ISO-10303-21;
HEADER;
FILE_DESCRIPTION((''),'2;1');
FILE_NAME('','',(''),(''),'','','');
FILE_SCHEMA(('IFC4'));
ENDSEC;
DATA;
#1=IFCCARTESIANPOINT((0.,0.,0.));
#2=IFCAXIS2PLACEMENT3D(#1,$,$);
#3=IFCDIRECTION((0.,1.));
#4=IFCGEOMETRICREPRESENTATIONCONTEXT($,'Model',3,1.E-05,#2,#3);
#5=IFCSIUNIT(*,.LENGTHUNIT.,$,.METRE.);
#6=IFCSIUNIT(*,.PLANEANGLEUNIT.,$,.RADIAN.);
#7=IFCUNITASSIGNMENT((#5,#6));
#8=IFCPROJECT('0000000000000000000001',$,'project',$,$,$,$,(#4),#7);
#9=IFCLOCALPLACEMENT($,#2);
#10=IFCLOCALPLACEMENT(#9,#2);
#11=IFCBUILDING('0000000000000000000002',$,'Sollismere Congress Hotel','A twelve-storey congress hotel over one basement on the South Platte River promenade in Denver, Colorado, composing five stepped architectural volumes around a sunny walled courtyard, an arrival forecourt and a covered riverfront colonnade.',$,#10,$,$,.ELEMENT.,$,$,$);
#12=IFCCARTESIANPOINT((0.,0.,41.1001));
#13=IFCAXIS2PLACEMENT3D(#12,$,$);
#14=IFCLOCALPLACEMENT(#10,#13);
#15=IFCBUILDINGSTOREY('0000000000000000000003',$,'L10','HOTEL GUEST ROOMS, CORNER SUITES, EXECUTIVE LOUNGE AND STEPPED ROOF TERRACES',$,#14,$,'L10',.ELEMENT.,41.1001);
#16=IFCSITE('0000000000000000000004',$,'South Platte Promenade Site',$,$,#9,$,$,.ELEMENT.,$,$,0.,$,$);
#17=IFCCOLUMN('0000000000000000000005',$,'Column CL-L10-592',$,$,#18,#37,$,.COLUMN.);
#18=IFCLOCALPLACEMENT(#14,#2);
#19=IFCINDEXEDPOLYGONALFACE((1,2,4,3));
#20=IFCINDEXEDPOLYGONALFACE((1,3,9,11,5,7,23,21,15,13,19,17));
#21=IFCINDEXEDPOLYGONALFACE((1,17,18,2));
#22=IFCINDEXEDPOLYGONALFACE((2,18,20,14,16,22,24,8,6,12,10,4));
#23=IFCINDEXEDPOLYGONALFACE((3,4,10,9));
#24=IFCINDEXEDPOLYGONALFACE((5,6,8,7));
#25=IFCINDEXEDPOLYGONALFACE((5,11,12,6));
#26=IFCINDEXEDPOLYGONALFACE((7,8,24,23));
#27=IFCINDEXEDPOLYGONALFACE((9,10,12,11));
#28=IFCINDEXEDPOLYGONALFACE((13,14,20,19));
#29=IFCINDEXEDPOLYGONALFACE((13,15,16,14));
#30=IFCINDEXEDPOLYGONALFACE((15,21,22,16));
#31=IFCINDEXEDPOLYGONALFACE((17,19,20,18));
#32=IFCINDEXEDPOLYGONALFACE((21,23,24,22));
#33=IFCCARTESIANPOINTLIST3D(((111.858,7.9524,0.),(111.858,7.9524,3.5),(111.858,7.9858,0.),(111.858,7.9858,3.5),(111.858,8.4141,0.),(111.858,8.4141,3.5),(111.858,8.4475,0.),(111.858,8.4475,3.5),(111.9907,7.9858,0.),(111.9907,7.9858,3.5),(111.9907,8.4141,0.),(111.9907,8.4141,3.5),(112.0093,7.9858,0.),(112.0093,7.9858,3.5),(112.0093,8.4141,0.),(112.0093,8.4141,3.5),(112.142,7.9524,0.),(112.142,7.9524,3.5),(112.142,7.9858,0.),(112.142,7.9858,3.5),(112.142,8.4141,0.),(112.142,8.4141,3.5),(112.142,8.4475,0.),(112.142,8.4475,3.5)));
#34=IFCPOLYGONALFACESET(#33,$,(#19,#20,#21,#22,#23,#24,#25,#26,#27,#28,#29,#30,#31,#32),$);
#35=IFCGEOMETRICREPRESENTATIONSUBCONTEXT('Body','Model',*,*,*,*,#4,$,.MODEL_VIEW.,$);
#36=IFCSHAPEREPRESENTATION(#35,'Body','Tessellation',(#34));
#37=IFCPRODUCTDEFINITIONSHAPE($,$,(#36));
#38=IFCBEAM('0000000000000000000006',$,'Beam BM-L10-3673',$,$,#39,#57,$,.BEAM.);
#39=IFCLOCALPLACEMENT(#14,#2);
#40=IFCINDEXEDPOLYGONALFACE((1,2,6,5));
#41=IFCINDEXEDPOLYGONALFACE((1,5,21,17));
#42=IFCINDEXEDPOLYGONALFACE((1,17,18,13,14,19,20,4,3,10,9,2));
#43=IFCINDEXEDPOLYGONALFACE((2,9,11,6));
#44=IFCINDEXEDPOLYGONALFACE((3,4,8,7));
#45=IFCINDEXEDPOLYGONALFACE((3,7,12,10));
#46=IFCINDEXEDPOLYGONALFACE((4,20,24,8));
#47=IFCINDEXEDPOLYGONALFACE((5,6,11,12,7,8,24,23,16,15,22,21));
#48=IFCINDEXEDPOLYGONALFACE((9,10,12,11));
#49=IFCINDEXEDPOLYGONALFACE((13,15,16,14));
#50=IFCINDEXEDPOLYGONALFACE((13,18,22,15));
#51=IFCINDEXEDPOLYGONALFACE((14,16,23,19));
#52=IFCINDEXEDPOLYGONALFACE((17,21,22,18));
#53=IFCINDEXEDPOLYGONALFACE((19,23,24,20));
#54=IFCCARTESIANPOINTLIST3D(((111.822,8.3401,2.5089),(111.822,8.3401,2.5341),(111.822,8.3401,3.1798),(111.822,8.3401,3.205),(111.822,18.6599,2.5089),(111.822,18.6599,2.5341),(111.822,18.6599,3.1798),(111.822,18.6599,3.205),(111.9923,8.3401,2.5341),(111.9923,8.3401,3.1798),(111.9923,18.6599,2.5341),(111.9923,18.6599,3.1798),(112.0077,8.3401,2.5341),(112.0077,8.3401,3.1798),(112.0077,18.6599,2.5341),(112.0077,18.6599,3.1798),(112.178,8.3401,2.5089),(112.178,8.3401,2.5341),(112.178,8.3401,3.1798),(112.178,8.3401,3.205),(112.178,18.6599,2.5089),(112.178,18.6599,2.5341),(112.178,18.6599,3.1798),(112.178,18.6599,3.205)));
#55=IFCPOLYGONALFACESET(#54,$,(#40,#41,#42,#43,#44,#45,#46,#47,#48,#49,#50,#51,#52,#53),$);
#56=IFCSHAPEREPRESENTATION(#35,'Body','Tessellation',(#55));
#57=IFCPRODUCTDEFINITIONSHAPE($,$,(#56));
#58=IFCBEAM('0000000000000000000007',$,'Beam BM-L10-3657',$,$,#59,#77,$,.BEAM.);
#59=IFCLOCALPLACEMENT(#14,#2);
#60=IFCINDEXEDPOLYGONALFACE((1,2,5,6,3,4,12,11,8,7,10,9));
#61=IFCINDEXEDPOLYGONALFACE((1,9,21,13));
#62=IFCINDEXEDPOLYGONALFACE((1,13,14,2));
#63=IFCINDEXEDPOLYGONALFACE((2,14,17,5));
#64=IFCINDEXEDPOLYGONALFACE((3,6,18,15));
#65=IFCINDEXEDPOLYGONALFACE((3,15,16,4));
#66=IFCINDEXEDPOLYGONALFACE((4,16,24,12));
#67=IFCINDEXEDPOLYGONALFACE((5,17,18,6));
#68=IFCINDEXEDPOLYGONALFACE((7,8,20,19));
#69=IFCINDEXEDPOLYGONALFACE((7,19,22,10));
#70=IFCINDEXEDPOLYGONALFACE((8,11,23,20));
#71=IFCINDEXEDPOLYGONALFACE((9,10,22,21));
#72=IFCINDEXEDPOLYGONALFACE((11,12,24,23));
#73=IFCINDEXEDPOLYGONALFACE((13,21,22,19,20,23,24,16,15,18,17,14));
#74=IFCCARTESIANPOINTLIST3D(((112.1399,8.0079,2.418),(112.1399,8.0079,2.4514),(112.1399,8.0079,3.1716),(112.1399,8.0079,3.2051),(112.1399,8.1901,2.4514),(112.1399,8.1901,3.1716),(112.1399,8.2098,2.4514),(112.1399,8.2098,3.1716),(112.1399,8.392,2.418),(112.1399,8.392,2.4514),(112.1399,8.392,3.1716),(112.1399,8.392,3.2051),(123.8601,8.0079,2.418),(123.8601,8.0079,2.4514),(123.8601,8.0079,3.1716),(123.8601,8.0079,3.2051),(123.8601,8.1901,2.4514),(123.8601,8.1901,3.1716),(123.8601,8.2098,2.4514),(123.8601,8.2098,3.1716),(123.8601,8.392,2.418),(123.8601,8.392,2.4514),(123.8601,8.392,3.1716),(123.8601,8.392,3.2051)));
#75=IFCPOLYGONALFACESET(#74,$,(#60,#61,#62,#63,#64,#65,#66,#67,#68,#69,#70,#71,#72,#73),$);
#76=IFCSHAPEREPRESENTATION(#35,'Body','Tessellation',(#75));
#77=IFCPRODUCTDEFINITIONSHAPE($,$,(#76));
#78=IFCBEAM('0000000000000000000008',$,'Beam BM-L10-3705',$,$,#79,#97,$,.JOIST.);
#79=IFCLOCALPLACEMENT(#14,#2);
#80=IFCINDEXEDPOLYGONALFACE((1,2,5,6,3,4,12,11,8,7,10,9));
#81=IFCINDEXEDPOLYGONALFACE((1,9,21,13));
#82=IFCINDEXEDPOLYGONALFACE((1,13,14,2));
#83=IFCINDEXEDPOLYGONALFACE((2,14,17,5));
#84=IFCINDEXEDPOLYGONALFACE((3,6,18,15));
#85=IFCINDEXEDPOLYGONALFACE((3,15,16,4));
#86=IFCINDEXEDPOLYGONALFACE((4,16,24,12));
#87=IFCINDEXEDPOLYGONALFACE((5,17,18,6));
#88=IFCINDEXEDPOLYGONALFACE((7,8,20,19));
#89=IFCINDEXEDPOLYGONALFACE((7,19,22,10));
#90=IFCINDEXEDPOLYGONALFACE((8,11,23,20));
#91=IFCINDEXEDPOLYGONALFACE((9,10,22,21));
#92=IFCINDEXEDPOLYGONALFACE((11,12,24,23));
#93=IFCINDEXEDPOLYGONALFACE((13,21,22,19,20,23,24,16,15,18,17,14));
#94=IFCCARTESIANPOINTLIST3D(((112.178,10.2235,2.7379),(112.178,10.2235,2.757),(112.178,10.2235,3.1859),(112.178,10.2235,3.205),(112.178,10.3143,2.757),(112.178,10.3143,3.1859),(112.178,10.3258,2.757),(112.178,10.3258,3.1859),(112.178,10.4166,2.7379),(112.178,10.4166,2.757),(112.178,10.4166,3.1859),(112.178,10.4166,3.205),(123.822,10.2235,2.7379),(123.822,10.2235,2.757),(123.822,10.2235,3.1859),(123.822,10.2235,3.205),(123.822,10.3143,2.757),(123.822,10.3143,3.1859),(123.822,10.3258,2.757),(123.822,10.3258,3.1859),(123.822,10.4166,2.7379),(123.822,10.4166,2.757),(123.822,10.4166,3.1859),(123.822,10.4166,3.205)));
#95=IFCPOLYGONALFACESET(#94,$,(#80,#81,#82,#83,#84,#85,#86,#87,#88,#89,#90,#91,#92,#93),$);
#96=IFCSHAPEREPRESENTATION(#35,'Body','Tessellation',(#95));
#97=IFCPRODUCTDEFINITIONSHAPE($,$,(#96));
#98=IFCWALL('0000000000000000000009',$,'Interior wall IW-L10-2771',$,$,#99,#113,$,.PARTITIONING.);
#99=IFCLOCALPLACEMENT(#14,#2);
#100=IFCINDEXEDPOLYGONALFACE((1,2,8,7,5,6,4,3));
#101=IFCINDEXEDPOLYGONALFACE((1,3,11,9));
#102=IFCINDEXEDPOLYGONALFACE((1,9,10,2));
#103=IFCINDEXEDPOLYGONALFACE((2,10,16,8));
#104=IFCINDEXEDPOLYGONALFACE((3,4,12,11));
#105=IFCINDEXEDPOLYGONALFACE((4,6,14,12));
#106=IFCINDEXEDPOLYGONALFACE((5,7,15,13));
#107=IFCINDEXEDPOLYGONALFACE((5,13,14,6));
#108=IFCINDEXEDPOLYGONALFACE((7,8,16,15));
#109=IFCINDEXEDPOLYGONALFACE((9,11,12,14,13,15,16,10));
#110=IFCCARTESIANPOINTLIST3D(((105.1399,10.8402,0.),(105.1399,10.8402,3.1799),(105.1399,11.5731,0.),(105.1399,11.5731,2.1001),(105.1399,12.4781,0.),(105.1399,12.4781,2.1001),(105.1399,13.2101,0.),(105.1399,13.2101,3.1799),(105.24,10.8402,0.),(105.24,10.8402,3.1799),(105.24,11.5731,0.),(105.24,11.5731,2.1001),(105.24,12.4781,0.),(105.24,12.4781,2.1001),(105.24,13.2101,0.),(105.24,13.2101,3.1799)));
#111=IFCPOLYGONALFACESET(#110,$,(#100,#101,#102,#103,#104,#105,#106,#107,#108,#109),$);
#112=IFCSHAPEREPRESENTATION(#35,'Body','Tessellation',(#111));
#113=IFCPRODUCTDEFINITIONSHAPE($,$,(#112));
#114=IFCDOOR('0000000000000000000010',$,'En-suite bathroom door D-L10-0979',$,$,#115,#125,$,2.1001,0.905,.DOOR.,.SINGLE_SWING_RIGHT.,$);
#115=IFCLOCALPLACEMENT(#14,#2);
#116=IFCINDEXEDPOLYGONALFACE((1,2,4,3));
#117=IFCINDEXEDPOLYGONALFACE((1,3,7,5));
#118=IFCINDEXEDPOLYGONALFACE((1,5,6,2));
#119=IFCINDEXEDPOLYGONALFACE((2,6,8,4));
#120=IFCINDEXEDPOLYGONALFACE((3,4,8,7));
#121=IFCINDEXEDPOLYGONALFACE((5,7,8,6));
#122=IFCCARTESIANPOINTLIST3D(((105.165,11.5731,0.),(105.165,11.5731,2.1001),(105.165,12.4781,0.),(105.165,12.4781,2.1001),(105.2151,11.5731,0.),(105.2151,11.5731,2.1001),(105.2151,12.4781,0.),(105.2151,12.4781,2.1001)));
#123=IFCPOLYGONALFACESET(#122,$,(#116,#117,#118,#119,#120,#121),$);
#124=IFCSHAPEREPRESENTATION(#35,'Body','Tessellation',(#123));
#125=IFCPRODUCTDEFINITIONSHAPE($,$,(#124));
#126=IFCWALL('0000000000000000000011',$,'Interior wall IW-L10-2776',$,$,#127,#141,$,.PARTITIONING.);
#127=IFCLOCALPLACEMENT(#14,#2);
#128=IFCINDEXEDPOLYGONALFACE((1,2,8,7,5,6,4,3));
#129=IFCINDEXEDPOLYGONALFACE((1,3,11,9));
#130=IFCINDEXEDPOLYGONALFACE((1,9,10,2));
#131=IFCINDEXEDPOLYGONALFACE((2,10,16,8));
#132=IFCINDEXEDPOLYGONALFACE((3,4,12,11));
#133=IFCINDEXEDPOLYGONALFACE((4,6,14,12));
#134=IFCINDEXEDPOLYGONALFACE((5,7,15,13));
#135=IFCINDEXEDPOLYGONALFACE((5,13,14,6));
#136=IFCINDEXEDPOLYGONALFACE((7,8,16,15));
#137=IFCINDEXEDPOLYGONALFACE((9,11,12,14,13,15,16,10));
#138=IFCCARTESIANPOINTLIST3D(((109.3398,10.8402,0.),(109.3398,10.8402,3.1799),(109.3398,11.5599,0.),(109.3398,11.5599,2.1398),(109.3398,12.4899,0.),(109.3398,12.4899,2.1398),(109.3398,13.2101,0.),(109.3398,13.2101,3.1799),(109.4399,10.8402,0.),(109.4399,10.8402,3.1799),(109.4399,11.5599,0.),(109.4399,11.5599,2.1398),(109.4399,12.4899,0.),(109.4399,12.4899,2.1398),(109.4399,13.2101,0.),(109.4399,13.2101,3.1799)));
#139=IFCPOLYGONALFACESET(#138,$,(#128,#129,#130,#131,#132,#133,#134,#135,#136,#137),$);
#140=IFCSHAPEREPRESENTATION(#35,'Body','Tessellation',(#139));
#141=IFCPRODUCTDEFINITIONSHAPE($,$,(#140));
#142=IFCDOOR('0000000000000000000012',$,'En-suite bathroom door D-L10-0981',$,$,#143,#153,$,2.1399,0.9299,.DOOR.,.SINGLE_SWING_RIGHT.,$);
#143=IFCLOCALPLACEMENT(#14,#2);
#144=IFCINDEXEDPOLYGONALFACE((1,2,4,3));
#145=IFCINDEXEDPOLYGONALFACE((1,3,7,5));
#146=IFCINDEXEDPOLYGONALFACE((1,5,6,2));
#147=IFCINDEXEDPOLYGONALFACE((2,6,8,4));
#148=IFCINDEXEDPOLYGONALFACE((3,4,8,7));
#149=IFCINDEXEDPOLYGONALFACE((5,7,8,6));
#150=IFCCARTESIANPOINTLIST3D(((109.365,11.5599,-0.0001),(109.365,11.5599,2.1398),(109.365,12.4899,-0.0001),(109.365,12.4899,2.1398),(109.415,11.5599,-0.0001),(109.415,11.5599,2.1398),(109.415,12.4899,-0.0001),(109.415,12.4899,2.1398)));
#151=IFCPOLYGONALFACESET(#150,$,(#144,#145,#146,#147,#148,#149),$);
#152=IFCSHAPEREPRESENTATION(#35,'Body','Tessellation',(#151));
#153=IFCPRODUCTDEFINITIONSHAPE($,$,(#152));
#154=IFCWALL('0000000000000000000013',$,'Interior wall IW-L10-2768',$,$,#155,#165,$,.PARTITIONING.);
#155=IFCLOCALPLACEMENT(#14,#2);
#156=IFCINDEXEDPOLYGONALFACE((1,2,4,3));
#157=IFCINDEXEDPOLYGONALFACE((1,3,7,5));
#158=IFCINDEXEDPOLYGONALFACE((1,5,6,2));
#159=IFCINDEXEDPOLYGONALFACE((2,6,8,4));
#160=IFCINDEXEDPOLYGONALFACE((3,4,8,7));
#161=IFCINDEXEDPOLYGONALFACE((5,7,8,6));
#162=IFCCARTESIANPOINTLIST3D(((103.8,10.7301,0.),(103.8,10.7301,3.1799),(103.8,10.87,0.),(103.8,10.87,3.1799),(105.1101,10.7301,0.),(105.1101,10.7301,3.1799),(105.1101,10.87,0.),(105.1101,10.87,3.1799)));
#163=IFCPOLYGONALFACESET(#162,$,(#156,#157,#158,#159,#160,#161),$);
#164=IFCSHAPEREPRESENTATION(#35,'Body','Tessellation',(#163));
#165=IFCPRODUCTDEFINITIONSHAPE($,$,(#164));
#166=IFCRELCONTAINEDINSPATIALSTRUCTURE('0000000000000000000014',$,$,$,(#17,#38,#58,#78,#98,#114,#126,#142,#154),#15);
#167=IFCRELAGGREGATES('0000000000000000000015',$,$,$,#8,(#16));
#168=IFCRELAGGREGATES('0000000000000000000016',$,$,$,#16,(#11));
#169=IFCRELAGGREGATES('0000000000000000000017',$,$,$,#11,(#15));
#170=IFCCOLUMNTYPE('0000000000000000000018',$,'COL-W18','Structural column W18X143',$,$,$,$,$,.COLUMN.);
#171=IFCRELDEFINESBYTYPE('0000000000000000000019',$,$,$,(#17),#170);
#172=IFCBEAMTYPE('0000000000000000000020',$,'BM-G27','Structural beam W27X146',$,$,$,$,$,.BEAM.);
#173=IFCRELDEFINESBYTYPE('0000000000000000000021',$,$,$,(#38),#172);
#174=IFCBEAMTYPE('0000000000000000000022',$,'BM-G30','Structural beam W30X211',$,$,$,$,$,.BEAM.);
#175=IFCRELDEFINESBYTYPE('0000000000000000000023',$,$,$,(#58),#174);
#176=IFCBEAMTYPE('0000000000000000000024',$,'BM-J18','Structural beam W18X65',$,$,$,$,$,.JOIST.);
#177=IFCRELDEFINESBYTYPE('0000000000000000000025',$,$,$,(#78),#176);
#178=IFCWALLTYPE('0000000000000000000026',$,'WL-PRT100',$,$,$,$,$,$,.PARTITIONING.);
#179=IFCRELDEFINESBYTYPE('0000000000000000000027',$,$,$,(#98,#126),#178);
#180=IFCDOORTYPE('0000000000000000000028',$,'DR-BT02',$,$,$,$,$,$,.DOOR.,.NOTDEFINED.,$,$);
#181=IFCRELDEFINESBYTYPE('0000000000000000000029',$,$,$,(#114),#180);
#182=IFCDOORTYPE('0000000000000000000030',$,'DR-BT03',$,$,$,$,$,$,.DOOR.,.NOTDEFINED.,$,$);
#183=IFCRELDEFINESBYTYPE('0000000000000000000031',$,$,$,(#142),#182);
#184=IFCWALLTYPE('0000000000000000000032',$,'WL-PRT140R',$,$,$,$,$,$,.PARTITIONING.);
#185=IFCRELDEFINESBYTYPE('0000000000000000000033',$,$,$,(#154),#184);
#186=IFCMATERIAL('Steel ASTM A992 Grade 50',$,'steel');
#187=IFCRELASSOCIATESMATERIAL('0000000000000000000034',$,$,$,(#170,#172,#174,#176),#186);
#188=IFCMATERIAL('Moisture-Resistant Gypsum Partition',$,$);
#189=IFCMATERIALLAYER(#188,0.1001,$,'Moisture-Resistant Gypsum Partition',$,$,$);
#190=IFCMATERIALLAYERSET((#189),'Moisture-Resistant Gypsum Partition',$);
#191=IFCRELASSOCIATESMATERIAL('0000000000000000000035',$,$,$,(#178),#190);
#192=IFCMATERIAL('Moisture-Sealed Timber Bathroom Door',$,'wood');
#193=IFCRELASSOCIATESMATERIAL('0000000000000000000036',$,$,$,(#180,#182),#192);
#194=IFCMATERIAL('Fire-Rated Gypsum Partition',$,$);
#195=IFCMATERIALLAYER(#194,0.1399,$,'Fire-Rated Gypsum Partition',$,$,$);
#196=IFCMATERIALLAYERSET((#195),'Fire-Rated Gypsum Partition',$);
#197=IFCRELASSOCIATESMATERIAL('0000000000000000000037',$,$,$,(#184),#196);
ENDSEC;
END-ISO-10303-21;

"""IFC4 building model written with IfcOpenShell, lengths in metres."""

from ifc_helpers import new_model, si_unit, direction, frame, frame_2d, origin, origin_2d, place, context, subcontext, project, spatial, rectangle, i_section, extrude, material, layer, layer_set, material_profile, profile_set, type_object, element, fill, save


model = new_model("IFC4")

# Units and contexts
model_context = context("Model", 3, precision=1e-05, world=origin(), true_north=direction((0.0, 1.0)))
body_context = subcontext(model_context, "Body", "Model", "MODEL_VIEW")
ifc_project = project(units=[si_unit("LENGTHUNIT", "METRE"), si_unit("PLANEANGLEUNIT", "RADIAN")], contexts=[model_context])

# Site, building, storey
site_placement = place(None, origin())
site = spatial("IfcSite", under=ifc_project, at=site_placement, Name="South Platte Promenade Site", CompositionType="ELEMENT", RefElevation=0.0)
building_placement = place(site_placement, origin())
building = spatial("IfcBuilding", under=site, at=building_placement, Name="Sollismere Congress Hotel", Description="A twelve-storey congress hotel over one basement on the South Platte River promenade in Denver, Colorado, composing five stepped architectural volumes around a sunny walled courtyard, an arrival forecourt and a covered riverfront colonnade.", CompositionType="ELEMENT")
storey_placement = place(building_placement, frame((0.0, 0.0, 41.1001)))
storey = spatial("IfcBuildingStorey", under=building, at=storey_placement, Name="L10", Description="HOTEL GUEST ROOMS, CORNER SUITES, EXECUTIVE LOUNGE AND STEPPED ROOF TERRACES", LongName="L10", CompositionType="ELEMENT", Elevation=41.1001)

# Column
ifc_material_1 = material(Name="Steel ASTM A992 Grade 50", Category="steel")
ifc_material_profile_1 = material_profile(ifc_material_1, i_section(OverallWidth=0.2839, OverallDepth=0.4951, WebThickness=0.0186, FlangeThickness=0.0334, at=origin_2d()), Name="W18X143")
ifc_profile_set_1 = profile_set([ifc_material_profile_1], Name="Steel ASTM A992 Grade 50")
column_type = type_object("IfcColumnType", Name="COL-W18", Description="Structural column W18X143", PredefinedType="COLUMN", material=ifc_profile_set_1)
column_placement = place(storey_placement, frame((112.0, 8.2, 0.0), z_axis=(0.0, 0.0, 1.0), x_axis=(1.0, 0.0, 0.0)))
element("IfcColumn", 1, at=column_placement, inside=storey, type_object=column_type, Name="Column CL-L10-592", PredefinedType="COLUMN", context=body_context, shape_type="SweptSolid", body=[
    extrude(i_section(OverallWidth=0.2839, OverallDepth=0.4951, WebThickness=0.0186, FlangeThickness=0.0334, at=origin_2d()), origin(), (0.0, 0.0, 1.0), 3.5),
])

# Beams
ifc_material_profile_2 = material_profile(ifc_material_1, i_section(OverallWidth=0.356, OverallDepth=0.696, WebThickness=0.0154, FlangeThickness=0.0251, at=origin_2d()), Name="W27X146")
ifc_profile_set_2 = profile_set([ifc_material_profile_2], Name="Steel ASTM A992 Grade 50")
beam_type_1 = type_object("IfcBeamType", Name="BM-G27", Description="Structural beam W27X146", PredefinedType="BEAM", material=ifc_profile_set_2)
beam_1_placement = place(storey_placement, frame((112.0, 8.3401, 2.8569), z_axis=(0.0, 1.0, 0.0), x_axis=(-1.0, 0.0, 0.0)))
element("IfcBeam", 2, at=beam_1_placement, inside=storey, type_object=beam_type_1, Name="Beam BM-L10-3673", PredefinedType="BEAM", context=body_context, shape_type="SweptSolid", body=[
    extrude(i_section(OverallWidth=0.356, OverallDepth=0.696, WebThickness=0.0154, FlangeThickness=0.0251, at=origin_2d()), origin(), (0.0, 0.0, 1.0), 10.3198),
])
ifc_material_profile_3 = material_profile(ifc_material_1, i_section(OverallWidth=0.384, OverallDepth=0.7871, WebThickness=0.0198, FlangeThickness=0.0334, at=origin_2d()), Name="W30X211")
ifc_profile_set_3 = profile_set([ifc_material_profile_3], Name="Steel ASTM A992 Grade 50")
beam_type_2 = type_object("IfcBeamType", Name="BM-G30", Description="Structural beam W30X211", PredefinedType="BEAM", material=ifc_profile_set_3)
beam_2_placement = place(storey_placement, frame((112.1399, 8.2, 2.8115), z_axis=(1.0, 0.0, 0.0), x_axis=(0.0, 1.0, 0.0)))
element("IfcBeam", 3, at=beam_2_placement, inside=storey, type_object=beam_type_2, Name="Beam BM-L10-3657", PredefinedType="BEAM", context=body_context, shape_type="SweptSolid", body=[
    extrude(i_section(OverallWidth=0.384, OverallDepth=0.7871, WebThickness=0.0198, FlangeThickness=0.0334, at=origin_2d()), origin(), (0.0, 0.0, 1.0), 11.7202),
])
ifc_material_profile_4 = material_profile(ifc_material_1, i_section(OverallWidth=0.1931, OverallDepth=0.467, WebThickness=0.0115, FlangeThickness=0.019, at=origin_2d()), Name="W18X65")
ifc_profile_set_4 = profile_set([ifc_material_profile_4], Name="Steel ASTM A992 Grade 50")
beam_type_3 = type_object("IfcBeamType", Name="BM-J18", Description="Structural beam W18X65", PredefinedType="JOIST", material=ifc_profile_set_4)
beam_3_placement = place(storey_placement, frame((112.178, 10.3201, 2.9714), z_axis=(1.0, 0.0, 0.0), x_axis=(0.0, 1.0, 0.0)))
element("IfcBeam", 4, at=beam_3_placement, inside=storey, type_object=beam_type_3, Name="Beam BM-L10-3705", PredefinedType="JOIST", context=body_context, shape_type="SweptSolid", body=[
    extrude(i_section(OverallWidth=0.1931, OverallDepth=0.467, WebThickness=0.0115, FlangeThickness=0.019, at=origin_2d()), origin(), (0.0, 0.0, 1.0), 11.644),
])

# Walls, openings, doors
ifc_material_2 = material(Name="Moisture-Resistant Gypsum Partition")
ifc_layer_1 = layer(ifc_material_2, 0.1001, Name="Moisture-Resistant Gypsum Partition")
ifc_layer_set_1 = layer_set([ifc_layer_1], Name="Moisture-Resistant Gypsum Partition")
wall_type_1 = type_object("IfcWallType", Name="WL-PRT100", PredefinedType="PARTITIONING", material=ifc_layer_set_1)
wall_1_placement = place(storey_placement, frame((105.1899, 10.8401, 0.0), z_axis=(0.0, 0.0, 1.0), x_axis=(0.0, 1.0, 0.0)))
wall_1 = element("IfcWall", 5, at=wall_1_placement, inside=storey, type_object=wall_type_1, Name="Interior wall IW-L10-2771", PredefinedType="PARTITIONING", context=body_context, shape_type="SweptSolid", body=[
    extrude(rectangle(XDim=2.3699, YDim=0.1001, at=frame_2d((1.1851, 0.0))), origin(), (0.0, 0.0, 1.0), 3.1799),
])
opening_1_placement = place(wall_1_placement, frame((0.7329, 0.0, 0.0)))
opening_1 = element("IfcOpeningElement", 6, at=opening_1_placement, cuts=wall_1, PredefinedType="OPENING", context=body_context, shape_type="SweptSolid", body=[
    extrude(rectangle(XDim=0.905, YDim=2.1001, at=frame_2d((0.4526, 1.05))), frame((0.0, 0.0601, 0.0), z_axis=(0.0, -1.0, 0.0), x_axis=(1.0, 0.0, 0.0)), (0.0, 0.0, 1.0), 0.1201),
])
ifc_material_3 = material(Name="Moisture-Sealed Timber Bathroom Door", Category="wood")
door_type_1 = type_object("IfcDoorType", Name="DR-BT02", OperationType="NOTDEFINED", PredefinedType="DOOR", material=ifc_material_3)
door_1_placement = place(opening_1_placement, origin())
door_1 = element("IfcDoor", 7, at=door_1_placement, inside=storey, type_object=door_type_1, Name="En-suite bathroom door D-L10-0979", OperationType="SINGLE_SWING_RIGHT", OverallHeight=2.1001, OverallWidth=0.905, PredefinedType="DOOR", context=body_context, shape_type="SweptSolid", body=[
    extrude(rectangle(XDim=0.905, YDim=2.1001, at=frame_2d((0.4526, 1.05))), frame((0.0, 0.0249, 0.0), z_axis=(0.0, -1.0, 0.0), x_axis=(1.0, 0.0, 0.0)), (0.0, 0.0, 1.0), 0.05),
])
fill(opening_1, door_1)
wall_2_placement = place(storey_placement, frame((109.3899, 10.8401, 0.0), z_axis=(0.0, 0.0, 1.0), x_axis=(0.0, 1.0, 0.0)))
wall_2 = element("IfcWall", 8, at=wall_2_placement, inside=storey, type_object=wall_type_1, Name="Interior wall IW-L10-2776", PredefinedType="PARTITIONING", context=body_context, shape_type="SweptSolid", body=[
    extrude(rectangle(XDim=2.3699, YDim=0.1001, at=frame_2d((1.1851, 0.0))), origin(), (0.0, 0.0, 1.0), 3.1799),
])
opening_2_placement = place(wall_2_placement, frame((0.72, 0.0, 0.0)))
opening_2 = element("IfcOpeningElement", 9, at=opening_2_placement, cuts=wall_2, PredefinedType="OPENING", context=body_context, shape_type="SweptSolid", body=[
    extrude(rectangle(XDim=0.9299, YDim=2.1399, at=frame_2d((0.4648, 1.0698))), frame((0.0, 0.0601, 0.0), z_axis=(0.0, -1.0, 0.0), x_axis=(1.0, 0.0, 0.0)), (0.0, 0.0, 1.0), 0.1201),
])
door_type_2 = type_object("IfcDoorType", Name="DR-BT03", OperationType="NOTDEFINED", PredefinedType="DOOR", material=ifc_material_3)
door_2_placement = place(opening_2_placement, origin())
door_2 = element("IfcDoor", 10, at=door_2_placement, inside=storey, type_object=door_type_2, Name="En-suite bathroom door D-L10-0981", OperationType="SINGLE_SWING_RIGHT", OverallHeight=2.1399, OverallWidth=0.9299, PredefinedType="DOOR", context=body_context, shape_type="SweptSolid", body=[
    extrude(rectangle(XDim=0.9299, YDim=2.1399, at=frame_2d((0.4648, 1.0698))), frame((0.0, 0.0249, 0.0), z_axis=(0.0, -1.0, 0.0), x_axis=(1.0, 0.0, 0.0)), (0.0, 0.0, 1.0), 0.05),
])
fill(opening_2, door_2)

# Wall
ifc_material_4 = material(Name="Fire-Rated Gypsum Partition")
ifc_layer_2 = layer(ifc_material_4, 0.1399, Name="Fire-Rated Gypsum Partition")
ifc_layer_set_2 = layer_set([ifc_layer_2], Name="Fire-Rated Gypsum Partition")
wall_type_2 = type_object("IfcWallType", Name="WL-PRT140R", PredefinedType="PARTITIONING", material=ifc_layer_set_2)
wall_3_placement = place(storey_placement, frame((103.8, 10.8, 0.0), z_axis=(0.0, 0.0, 1.0), x_axis=(1.0, 0.0, 0.0)))
element("IfcWall", 11, at=wall_3_placement, inside=storey, type_object=wall_type_2, Name="Interior wall IW-L10-2768", PredefinedType="PARTITIONING", context=body_context, shape_type="SweptSolid", body=[
    extrude(rectangle(XDim=1.3101, YDim=0.1399, at=frame_2d((0.655, 0.0))), origin(), (0.0, 0.0, 1.0), 3.1799),
])

save(model, "model.ifc")
